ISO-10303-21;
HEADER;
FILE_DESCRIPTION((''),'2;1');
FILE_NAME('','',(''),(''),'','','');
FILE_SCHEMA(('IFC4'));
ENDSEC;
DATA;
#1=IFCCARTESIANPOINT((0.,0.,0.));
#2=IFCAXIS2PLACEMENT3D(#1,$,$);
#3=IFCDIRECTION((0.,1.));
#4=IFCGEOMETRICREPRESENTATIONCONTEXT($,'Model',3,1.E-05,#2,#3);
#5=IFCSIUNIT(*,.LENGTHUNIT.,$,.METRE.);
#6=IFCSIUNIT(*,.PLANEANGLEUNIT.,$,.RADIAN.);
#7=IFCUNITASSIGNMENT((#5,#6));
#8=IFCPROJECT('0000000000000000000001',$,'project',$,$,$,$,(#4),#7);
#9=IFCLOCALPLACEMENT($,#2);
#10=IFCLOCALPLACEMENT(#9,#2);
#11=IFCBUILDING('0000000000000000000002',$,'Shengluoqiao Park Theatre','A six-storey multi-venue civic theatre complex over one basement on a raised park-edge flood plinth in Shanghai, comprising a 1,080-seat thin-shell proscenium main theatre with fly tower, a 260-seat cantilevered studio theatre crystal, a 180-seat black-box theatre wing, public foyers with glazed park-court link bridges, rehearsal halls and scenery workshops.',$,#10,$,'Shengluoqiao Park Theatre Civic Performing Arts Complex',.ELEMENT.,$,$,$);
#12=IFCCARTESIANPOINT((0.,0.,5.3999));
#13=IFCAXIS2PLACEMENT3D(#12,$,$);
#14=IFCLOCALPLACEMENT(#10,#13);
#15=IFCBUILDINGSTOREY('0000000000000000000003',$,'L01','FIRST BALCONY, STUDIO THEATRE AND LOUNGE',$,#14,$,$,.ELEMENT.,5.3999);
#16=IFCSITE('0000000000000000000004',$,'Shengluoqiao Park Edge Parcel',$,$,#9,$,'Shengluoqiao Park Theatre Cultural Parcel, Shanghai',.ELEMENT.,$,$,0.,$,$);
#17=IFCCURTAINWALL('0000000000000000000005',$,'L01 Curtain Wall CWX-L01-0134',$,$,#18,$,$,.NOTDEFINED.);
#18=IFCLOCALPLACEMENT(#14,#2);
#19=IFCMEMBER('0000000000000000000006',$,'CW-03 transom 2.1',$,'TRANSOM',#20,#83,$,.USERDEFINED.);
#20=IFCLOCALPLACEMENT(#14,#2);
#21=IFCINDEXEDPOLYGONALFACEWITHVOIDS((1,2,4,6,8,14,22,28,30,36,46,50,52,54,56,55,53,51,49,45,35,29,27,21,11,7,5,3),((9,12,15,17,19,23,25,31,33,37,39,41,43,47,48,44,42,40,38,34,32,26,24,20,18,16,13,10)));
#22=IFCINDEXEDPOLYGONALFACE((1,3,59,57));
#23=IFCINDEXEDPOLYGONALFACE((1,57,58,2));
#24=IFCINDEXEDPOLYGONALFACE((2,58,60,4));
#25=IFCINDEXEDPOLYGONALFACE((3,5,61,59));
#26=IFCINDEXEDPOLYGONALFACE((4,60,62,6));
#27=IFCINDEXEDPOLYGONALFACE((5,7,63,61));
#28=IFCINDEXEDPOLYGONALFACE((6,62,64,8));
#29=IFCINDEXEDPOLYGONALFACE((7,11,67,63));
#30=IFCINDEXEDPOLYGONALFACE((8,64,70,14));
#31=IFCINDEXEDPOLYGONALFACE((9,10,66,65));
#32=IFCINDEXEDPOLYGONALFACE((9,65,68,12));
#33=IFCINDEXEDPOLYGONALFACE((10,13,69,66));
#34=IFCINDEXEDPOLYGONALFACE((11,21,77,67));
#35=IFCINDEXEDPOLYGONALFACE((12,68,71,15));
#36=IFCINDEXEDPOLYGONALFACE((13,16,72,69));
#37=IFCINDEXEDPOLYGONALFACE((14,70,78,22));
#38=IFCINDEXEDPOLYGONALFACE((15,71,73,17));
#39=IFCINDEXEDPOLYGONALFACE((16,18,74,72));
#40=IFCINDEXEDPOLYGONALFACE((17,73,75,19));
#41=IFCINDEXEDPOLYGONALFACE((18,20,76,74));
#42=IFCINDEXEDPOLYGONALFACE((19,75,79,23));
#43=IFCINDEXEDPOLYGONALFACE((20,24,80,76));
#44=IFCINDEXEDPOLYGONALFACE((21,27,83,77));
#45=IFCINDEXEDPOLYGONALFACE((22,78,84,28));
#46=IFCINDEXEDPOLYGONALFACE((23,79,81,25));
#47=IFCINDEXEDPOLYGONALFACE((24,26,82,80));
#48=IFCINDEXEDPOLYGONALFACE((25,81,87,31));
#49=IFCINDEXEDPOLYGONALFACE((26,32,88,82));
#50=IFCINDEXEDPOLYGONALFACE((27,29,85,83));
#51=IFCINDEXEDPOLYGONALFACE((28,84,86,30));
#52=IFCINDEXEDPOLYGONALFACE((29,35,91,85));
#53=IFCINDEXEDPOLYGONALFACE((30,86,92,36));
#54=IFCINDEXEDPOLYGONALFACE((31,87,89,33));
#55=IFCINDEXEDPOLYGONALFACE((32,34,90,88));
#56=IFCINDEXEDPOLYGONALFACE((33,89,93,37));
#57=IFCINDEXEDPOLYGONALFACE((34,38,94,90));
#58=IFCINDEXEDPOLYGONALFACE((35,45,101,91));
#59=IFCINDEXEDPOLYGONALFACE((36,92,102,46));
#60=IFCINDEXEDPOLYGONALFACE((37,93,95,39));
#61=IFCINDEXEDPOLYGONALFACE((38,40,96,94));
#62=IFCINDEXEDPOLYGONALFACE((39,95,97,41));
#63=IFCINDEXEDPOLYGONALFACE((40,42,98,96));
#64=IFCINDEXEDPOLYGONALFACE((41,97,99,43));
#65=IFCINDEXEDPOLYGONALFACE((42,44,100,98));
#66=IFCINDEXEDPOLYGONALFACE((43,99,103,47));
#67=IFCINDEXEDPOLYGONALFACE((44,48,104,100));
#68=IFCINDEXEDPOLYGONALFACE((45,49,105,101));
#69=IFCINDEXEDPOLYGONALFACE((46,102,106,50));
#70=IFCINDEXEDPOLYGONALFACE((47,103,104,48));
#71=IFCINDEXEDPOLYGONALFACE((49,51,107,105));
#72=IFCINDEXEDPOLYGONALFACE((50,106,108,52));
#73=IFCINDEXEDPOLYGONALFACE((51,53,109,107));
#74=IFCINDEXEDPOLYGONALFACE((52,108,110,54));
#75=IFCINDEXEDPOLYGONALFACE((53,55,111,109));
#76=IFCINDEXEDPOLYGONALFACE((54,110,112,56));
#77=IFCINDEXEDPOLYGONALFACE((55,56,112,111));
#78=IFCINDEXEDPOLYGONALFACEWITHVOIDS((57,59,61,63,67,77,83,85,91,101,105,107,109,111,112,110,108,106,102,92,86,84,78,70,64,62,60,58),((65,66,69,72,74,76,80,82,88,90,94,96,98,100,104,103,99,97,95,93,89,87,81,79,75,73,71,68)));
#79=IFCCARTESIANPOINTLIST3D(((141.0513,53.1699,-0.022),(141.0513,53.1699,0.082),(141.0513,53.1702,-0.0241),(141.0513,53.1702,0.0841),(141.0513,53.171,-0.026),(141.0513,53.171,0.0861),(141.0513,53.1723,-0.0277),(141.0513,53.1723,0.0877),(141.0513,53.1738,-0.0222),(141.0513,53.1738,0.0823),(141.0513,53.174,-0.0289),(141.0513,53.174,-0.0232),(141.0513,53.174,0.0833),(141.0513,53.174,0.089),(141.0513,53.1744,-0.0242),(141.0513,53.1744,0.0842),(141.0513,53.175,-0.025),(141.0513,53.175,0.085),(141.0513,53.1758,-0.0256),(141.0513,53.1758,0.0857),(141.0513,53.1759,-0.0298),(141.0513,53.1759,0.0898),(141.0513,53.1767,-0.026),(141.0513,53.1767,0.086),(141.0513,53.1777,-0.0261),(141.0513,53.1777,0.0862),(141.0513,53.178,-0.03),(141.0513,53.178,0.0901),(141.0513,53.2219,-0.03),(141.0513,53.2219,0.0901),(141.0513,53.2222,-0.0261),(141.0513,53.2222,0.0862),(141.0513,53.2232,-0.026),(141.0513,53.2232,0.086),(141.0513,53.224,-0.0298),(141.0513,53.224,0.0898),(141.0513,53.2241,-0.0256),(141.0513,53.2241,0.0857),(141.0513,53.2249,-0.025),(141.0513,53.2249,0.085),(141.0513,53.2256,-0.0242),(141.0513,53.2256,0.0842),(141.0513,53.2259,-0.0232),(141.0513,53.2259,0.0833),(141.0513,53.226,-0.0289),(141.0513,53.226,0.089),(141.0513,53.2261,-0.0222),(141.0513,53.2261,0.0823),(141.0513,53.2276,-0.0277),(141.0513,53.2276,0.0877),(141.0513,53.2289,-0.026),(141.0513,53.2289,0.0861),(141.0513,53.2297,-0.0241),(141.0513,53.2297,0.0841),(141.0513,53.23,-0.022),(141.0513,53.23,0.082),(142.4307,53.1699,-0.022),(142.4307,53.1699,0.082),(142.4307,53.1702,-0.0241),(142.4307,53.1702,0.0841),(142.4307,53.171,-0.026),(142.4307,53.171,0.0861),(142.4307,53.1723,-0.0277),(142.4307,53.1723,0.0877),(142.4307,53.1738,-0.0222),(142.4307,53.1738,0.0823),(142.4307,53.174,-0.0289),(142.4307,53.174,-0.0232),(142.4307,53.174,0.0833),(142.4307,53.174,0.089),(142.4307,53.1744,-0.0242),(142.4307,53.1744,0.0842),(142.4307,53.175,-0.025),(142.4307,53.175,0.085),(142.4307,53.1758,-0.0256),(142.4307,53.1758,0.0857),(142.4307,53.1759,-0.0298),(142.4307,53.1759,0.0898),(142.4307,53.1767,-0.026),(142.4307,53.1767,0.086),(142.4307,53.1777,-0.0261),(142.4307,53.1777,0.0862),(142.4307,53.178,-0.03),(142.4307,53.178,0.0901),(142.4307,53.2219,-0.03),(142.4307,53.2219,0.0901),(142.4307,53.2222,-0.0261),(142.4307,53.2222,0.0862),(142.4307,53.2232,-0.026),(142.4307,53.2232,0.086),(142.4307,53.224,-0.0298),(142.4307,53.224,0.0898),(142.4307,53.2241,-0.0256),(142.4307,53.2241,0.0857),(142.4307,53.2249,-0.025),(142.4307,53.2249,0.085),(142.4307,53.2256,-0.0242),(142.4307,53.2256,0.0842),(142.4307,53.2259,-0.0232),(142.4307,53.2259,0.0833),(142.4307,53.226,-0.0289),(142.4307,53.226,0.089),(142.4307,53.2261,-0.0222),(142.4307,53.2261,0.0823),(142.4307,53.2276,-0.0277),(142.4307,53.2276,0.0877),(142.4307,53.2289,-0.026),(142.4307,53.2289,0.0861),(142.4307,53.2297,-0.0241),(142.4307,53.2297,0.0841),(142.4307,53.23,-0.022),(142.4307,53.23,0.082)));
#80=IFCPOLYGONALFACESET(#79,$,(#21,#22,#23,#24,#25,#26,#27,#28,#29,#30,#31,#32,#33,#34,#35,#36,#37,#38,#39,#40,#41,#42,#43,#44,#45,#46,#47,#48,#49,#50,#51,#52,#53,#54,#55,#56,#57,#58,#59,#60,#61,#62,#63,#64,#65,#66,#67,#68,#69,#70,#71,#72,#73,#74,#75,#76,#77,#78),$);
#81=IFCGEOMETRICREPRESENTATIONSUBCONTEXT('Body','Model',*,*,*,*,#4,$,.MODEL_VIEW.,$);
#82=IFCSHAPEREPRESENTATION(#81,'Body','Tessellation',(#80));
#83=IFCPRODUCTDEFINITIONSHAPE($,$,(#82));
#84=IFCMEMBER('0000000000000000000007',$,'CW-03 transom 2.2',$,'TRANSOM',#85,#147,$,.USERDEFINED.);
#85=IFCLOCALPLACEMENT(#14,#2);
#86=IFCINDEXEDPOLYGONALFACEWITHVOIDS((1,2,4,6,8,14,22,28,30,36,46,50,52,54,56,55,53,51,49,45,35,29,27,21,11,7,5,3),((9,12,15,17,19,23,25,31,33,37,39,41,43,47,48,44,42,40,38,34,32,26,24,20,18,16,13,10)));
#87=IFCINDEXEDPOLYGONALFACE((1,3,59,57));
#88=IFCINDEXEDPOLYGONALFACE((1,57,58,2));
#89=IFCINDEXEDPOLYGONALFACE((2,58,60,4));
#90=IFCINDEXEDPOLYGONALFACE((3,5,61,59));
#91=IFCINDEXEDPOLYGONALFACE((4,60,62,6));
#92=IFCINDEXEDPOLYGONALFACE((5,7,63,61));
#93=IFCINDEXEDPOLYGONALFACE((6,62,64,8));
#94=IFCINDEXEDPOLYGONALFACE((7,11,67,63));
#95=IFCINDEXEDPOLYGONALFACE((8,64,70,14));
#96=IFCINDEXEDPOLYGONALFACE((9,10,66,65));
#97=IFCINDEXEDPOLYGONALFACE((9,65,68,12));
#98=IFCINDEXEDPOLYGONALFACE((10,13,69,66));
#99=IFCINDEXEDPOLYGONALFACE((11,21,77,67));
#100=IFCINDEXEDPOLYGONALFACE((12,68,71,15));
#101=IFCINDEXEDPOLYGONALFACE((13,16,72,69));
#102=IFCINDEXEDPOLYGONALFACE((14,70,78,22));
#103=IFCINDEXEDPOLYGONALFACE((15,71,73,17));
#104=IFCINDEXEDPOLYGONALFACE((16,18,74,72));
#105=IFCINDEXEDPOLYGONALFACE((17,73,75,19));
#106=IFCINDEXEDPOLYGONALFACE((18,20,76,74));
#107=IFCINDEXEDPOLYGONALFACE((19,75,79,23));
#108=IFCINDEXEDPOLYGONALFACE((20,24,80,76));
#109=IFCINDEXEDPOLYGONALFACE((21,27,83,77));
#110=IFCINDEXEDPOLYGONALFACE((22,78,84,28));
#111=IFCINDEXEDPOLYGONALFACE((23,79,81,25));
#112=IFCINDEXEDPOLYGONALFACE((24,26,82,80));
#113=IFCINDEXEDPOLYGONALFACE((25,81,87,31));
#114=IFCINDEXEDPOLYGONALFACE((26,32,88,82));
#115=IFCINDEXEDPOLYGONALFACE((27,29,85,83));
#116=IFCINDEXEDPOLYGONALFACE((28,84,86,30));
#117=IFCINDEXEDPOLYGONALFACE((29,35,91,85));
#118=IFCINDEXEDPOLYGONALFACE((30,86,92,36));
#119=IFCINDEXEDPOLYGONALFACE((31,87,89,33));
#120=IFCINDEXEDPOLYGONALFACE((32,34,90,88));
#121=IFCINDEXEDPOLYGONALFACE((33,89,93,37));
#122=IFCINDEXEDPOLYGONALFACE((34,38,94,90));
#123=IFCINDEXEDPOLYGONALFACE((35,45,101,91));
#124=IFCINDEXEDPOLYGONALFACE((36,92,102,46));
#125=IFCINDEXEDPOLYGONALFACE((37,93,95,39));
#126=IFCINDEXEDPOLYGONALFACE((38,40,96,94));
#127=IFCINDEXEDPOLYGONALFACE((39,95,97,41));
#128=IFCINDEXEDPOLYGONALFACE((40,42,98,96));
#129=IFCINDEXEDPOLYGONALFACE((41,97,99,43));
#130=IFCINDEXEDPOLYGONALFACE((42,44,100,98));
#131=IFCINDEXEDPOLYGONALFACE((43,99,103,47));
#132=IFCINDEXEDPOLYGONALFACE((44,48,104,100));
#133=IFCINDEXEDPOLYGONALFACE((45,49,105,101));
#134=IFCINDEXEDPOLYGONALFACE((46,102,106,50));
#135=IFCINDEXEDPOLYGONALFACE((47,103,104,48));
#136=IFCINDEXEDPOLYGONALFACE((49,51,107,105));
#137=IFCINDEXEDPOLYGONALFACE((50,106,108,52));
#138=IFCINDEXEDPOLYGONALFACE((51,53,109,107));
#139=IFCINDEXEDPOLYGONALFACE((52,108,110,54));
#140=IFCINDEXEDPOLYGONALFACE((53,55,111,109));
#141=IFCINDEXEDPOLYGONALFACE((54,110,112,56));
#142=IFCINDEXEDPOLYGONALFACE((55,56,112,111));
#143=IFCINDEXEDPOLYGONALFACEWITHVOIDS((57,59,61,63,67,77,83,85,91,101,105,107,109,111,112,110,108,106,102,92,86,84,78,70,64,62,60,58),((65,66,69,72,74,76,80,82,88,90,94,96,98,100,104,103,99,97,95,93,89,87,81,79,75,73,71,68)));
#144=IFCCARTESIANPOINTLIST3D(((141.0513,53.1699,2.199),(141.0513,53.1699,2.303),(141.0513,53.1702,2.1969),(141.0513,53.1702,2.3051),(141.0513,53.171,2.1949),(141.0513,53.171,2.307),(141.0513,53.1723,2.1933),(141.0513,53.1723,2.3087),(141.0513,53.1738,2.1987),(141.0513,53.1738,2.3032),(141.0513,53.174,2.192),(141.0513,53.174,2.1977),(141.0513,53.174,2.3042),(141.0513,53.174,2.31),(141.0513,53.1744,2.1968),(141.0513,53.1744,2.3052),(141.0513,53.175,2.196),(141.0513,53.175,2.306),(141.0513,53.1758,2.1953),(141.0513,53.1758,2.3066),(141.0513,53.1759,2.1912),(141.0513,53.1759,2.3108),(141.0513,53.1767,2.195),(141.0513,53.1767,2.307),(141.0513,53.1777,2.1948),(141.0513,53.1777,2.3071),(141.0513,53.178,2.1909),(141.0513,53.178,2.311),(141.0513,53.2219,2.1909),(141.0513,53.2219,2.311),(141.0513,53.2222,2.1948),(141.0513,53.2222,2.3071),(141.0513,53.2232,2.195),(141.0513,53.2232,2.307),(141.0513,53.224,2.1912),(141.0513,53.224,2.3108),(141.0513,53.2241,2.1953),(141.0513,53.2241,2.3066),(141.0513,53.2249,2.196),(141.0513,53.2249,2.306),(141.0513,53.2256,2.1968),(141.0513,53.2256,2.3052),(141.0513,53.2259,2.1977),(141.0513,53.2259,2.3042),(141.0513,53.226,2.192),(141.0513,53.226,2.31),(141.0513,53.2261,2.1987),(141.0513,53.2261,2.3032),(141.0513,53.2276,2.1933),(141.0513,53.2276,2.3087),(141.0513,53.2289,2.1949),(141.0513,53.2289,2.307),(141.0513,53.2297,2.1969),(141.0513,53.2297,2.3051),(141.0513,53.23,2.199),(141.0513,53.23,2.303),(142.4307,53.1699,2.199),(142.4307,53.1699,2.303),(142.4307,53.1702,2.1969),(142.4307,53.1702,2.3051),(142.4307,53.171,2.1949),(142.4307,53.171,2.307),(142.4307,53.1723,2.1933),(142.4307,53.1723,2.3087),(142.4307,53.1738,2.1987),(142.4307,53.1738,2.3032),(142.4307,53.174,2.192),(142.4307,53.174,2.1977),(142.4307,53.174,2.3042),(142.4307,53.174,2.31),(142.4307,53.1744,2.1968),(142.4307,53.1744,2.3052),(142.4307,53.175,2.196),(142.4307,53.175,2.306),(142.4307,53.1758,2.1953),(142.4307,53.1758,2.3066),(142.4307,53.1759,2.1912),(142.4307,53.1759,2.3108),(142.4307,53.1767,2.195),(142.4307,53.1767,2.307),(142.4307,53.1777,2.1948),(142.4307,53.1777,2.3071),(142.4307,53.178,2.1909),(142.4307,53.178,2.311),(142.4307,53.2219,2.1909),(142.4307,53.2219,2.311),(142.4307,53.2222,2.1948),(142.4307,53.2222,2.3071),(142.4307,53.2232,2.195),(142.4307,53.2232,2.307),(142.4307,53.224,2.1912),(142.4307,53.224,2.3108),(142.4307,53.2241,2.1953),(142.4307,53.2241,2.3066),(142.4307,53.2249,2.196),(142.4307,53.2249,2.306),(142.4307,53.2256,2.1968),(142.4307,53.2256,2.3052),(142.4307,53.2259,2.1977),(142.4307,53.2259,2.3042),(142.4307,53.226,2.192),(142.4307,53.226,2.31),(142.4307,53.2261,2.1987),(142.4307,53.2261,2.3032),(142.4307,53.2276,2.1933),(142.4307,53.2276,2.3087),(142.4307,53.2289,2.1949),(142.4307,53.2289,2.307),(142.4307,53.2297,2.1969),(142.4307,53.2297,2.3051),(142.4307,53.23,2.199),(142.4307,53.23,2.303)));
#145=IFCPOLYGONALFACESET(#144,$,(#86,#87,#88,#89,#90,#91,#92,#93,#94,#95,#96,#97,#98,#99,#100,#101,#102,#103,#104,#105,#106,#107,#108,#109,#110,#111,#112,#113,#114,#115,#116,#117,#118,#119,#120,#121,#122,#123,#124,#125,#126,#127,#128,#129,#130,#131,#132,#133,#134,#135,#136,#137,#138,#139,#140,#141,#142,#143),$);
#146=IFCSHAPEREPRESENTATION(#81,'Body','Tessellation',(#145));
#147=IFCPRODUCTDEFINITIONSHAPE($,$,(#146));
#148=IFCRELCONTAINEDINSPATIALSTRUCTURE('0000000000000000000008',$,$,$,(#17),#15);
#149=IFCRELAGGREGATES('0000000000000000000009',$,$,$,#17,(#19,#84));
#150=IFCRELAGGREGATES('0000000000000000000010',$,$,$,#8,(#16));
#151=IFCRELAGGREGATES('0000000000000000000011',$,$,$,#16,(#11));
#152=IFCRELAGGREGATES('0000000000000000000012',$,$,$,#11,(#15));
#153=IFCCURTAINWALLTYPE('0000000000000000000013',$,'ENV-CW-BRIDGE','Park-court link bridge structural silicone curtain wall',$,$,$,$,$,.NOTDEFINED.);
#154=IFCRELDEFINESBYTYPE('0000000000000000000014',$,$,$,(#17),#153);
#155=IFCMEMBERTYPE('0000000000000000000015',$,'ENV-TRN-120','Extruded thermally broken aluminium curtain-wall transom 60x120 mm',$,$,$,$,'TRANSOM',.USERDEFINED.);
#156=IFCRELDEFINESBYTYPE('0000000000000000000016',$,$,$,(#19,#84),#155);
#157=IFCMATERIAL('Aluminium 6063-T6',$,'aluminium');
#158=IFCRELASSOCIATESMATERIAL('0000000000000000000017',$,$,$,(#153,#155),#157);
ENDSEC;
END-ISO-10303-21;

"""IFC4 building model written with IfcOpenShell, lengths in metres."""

from ifc_helpers import new_model, si_unit, direction, frame, origin, origin_2d, place, context, subcontext, project, spatial, hollow_rectangle, extrude, material, material_profile, profile_set, type_object, element, aggregate, save


model = new_model("IFC4")

# Units and contexts
model_context = context("Model", 3, precision=1e-05, world=origin(), true_north=direction((0.0, 1.0)))
body_context = subcontext(model_context, "Body", "Model", "MODEL_VIEW")
ifc_project = project(units=[si_unit("LENGTHUNIT", "METRE"), si_unit("PLANEANGLEUNIT", "RADIAN")], contexts=[model_context])

# Site, building, storey
site_placement = place(None, origin())
site = spatial("IfcSite", under=ifc_project, at=site_placement, Name="Shengluoqiao Park Edge Parcel", LongName="Shengluoqiao Park Theatre Cultural Parcel, Shanghai", CompositionType="ELEMENT", RefElevation=0.0)
building_placement = place(site_placement, origin())
building = spatial("IfcBuilding", under=site, at=building_placement, Name="Shengluoqiao Park Theatre", Description="A six-storey multi-venue civic theatre complex over one basement on a raised park-edge flood plinth in Shanghai, comprising a 1,080-seat thin-shell proscenium main theatre with fly tower, a 260-seat cantilevered studio theatre crystal, a 180-seat black-box theatre wing, public foyers with glazed park-court link bridges, rehearsal halls and scenery workshops.", LongName="Shengluoqiao Park Theatre Civic Performing Arts Complex", CompositionType="ELEMENT")
storey_placement = place(building_placement, frame((0.0, 0.0, 5.3999)))
storey = spatial("IfcBuildingStorey", under=building, at=storey_placement, Name="L01", Description="FIRST BALCONY, STUDIO THEATRE AND LOUNGE", CompositionType="ELEMENT", Elevation=5.3999)

# Curtain wall
ifc_material_1 = material(Name="Aluminium 6063-T6", Category="aluminium")
curtain_wall_type = type_object("IfcCurtainWallType", Name="ENV-CW-BRIDGE", Description="Park-court link bridge structural silicone curtain wall", PredefinedType="NOTDEFINED", material=ifc_material_1)
curtain_wall_1_placement = place(storey_placement, origin())
curtain_wall_1 = element("IfcCurtainWall", 1, at=curtain_wall_1_placement, inside=storey, type_object=curtain_wall_type, Name="L01 Curtain Wall CWX-L01-0134", PredefinedType="NOTDEFINED")

# Members
ifc_material_profile_1 = material_profile(ifc_material_1, hollow_rectangle(XDim=0.0601, YDim=0.1201, WallThickness=0.0039, InnerFilletRadius=0.0039, OuterFilletRadius=0.0081, at=origin_2d()), Name="ALU TRANSOM 120x60x4")
ifc_profile_set_1 = profile_set([ifc_material_profile_1], Name="Aluminium 6063-T6")
member_type_1 = type_object("IfcMemberType", Name="ENV-TRN-120", Description="Extruded thermally broken aluminium curtain-wall transom 60x120 mm", ElementType="TRANSOM", PredefinedType="USERDEFINED", material=ifc_profile_set_1)
member_1_placement = place(storey_placement, frame((141.0513, 53.2, 0.03), z_axis=(1.0, 0.0, 0.0), x_axis=(0.0, 1.0, 0.0)))
member_1 = element("IfcMember", 2, at=member_1_placement, type_object=member_type_1, Name="CW-03 transom 2.1", ObjectType="TRANSOM", PredefinedType="USERDEFINED", context=body_context, shape_type="SweptSolid", body=[
    extrude(hollow_rectangle(XDim=0.0601, YDim=0.1201, WallThickness=0.0039, InnerFilletRadius=0.0039, OuterFilletRadius=0.0081, at=origin_2d()), origin(), (0.0, 0.0, 1.0), 1.3794),
])
member_2_placement = place(storey_placement, frame((141.0513, 53.2, 2.251), z_axis=(1.0, 0.0, 0.0), x_axis=(0.0, 1.0, 0.0)))
member_2 = element("IfcMember", 3, at=member_2_placement, type_object=member_type_1, Name="CW-03 transom 2.2", ObjectType="TRANSOM", PredefinedType="USERDEFINED", context=body_context, shape_type="SweptSolid", body=[
    extrude(hollow_rectangle(XDim=0.0601, YDim=0.1201, WallThickness=0.0039, InnerFilletRadius=0.0039, OuterFilletRadius=0.0081, at=origin_2d()), origin(), (0.0, 0.0, 1.0), 1.3794),
])

aggregate(curtain_wall_1, [member_1, member_2])

save(model, "model.ifc")
